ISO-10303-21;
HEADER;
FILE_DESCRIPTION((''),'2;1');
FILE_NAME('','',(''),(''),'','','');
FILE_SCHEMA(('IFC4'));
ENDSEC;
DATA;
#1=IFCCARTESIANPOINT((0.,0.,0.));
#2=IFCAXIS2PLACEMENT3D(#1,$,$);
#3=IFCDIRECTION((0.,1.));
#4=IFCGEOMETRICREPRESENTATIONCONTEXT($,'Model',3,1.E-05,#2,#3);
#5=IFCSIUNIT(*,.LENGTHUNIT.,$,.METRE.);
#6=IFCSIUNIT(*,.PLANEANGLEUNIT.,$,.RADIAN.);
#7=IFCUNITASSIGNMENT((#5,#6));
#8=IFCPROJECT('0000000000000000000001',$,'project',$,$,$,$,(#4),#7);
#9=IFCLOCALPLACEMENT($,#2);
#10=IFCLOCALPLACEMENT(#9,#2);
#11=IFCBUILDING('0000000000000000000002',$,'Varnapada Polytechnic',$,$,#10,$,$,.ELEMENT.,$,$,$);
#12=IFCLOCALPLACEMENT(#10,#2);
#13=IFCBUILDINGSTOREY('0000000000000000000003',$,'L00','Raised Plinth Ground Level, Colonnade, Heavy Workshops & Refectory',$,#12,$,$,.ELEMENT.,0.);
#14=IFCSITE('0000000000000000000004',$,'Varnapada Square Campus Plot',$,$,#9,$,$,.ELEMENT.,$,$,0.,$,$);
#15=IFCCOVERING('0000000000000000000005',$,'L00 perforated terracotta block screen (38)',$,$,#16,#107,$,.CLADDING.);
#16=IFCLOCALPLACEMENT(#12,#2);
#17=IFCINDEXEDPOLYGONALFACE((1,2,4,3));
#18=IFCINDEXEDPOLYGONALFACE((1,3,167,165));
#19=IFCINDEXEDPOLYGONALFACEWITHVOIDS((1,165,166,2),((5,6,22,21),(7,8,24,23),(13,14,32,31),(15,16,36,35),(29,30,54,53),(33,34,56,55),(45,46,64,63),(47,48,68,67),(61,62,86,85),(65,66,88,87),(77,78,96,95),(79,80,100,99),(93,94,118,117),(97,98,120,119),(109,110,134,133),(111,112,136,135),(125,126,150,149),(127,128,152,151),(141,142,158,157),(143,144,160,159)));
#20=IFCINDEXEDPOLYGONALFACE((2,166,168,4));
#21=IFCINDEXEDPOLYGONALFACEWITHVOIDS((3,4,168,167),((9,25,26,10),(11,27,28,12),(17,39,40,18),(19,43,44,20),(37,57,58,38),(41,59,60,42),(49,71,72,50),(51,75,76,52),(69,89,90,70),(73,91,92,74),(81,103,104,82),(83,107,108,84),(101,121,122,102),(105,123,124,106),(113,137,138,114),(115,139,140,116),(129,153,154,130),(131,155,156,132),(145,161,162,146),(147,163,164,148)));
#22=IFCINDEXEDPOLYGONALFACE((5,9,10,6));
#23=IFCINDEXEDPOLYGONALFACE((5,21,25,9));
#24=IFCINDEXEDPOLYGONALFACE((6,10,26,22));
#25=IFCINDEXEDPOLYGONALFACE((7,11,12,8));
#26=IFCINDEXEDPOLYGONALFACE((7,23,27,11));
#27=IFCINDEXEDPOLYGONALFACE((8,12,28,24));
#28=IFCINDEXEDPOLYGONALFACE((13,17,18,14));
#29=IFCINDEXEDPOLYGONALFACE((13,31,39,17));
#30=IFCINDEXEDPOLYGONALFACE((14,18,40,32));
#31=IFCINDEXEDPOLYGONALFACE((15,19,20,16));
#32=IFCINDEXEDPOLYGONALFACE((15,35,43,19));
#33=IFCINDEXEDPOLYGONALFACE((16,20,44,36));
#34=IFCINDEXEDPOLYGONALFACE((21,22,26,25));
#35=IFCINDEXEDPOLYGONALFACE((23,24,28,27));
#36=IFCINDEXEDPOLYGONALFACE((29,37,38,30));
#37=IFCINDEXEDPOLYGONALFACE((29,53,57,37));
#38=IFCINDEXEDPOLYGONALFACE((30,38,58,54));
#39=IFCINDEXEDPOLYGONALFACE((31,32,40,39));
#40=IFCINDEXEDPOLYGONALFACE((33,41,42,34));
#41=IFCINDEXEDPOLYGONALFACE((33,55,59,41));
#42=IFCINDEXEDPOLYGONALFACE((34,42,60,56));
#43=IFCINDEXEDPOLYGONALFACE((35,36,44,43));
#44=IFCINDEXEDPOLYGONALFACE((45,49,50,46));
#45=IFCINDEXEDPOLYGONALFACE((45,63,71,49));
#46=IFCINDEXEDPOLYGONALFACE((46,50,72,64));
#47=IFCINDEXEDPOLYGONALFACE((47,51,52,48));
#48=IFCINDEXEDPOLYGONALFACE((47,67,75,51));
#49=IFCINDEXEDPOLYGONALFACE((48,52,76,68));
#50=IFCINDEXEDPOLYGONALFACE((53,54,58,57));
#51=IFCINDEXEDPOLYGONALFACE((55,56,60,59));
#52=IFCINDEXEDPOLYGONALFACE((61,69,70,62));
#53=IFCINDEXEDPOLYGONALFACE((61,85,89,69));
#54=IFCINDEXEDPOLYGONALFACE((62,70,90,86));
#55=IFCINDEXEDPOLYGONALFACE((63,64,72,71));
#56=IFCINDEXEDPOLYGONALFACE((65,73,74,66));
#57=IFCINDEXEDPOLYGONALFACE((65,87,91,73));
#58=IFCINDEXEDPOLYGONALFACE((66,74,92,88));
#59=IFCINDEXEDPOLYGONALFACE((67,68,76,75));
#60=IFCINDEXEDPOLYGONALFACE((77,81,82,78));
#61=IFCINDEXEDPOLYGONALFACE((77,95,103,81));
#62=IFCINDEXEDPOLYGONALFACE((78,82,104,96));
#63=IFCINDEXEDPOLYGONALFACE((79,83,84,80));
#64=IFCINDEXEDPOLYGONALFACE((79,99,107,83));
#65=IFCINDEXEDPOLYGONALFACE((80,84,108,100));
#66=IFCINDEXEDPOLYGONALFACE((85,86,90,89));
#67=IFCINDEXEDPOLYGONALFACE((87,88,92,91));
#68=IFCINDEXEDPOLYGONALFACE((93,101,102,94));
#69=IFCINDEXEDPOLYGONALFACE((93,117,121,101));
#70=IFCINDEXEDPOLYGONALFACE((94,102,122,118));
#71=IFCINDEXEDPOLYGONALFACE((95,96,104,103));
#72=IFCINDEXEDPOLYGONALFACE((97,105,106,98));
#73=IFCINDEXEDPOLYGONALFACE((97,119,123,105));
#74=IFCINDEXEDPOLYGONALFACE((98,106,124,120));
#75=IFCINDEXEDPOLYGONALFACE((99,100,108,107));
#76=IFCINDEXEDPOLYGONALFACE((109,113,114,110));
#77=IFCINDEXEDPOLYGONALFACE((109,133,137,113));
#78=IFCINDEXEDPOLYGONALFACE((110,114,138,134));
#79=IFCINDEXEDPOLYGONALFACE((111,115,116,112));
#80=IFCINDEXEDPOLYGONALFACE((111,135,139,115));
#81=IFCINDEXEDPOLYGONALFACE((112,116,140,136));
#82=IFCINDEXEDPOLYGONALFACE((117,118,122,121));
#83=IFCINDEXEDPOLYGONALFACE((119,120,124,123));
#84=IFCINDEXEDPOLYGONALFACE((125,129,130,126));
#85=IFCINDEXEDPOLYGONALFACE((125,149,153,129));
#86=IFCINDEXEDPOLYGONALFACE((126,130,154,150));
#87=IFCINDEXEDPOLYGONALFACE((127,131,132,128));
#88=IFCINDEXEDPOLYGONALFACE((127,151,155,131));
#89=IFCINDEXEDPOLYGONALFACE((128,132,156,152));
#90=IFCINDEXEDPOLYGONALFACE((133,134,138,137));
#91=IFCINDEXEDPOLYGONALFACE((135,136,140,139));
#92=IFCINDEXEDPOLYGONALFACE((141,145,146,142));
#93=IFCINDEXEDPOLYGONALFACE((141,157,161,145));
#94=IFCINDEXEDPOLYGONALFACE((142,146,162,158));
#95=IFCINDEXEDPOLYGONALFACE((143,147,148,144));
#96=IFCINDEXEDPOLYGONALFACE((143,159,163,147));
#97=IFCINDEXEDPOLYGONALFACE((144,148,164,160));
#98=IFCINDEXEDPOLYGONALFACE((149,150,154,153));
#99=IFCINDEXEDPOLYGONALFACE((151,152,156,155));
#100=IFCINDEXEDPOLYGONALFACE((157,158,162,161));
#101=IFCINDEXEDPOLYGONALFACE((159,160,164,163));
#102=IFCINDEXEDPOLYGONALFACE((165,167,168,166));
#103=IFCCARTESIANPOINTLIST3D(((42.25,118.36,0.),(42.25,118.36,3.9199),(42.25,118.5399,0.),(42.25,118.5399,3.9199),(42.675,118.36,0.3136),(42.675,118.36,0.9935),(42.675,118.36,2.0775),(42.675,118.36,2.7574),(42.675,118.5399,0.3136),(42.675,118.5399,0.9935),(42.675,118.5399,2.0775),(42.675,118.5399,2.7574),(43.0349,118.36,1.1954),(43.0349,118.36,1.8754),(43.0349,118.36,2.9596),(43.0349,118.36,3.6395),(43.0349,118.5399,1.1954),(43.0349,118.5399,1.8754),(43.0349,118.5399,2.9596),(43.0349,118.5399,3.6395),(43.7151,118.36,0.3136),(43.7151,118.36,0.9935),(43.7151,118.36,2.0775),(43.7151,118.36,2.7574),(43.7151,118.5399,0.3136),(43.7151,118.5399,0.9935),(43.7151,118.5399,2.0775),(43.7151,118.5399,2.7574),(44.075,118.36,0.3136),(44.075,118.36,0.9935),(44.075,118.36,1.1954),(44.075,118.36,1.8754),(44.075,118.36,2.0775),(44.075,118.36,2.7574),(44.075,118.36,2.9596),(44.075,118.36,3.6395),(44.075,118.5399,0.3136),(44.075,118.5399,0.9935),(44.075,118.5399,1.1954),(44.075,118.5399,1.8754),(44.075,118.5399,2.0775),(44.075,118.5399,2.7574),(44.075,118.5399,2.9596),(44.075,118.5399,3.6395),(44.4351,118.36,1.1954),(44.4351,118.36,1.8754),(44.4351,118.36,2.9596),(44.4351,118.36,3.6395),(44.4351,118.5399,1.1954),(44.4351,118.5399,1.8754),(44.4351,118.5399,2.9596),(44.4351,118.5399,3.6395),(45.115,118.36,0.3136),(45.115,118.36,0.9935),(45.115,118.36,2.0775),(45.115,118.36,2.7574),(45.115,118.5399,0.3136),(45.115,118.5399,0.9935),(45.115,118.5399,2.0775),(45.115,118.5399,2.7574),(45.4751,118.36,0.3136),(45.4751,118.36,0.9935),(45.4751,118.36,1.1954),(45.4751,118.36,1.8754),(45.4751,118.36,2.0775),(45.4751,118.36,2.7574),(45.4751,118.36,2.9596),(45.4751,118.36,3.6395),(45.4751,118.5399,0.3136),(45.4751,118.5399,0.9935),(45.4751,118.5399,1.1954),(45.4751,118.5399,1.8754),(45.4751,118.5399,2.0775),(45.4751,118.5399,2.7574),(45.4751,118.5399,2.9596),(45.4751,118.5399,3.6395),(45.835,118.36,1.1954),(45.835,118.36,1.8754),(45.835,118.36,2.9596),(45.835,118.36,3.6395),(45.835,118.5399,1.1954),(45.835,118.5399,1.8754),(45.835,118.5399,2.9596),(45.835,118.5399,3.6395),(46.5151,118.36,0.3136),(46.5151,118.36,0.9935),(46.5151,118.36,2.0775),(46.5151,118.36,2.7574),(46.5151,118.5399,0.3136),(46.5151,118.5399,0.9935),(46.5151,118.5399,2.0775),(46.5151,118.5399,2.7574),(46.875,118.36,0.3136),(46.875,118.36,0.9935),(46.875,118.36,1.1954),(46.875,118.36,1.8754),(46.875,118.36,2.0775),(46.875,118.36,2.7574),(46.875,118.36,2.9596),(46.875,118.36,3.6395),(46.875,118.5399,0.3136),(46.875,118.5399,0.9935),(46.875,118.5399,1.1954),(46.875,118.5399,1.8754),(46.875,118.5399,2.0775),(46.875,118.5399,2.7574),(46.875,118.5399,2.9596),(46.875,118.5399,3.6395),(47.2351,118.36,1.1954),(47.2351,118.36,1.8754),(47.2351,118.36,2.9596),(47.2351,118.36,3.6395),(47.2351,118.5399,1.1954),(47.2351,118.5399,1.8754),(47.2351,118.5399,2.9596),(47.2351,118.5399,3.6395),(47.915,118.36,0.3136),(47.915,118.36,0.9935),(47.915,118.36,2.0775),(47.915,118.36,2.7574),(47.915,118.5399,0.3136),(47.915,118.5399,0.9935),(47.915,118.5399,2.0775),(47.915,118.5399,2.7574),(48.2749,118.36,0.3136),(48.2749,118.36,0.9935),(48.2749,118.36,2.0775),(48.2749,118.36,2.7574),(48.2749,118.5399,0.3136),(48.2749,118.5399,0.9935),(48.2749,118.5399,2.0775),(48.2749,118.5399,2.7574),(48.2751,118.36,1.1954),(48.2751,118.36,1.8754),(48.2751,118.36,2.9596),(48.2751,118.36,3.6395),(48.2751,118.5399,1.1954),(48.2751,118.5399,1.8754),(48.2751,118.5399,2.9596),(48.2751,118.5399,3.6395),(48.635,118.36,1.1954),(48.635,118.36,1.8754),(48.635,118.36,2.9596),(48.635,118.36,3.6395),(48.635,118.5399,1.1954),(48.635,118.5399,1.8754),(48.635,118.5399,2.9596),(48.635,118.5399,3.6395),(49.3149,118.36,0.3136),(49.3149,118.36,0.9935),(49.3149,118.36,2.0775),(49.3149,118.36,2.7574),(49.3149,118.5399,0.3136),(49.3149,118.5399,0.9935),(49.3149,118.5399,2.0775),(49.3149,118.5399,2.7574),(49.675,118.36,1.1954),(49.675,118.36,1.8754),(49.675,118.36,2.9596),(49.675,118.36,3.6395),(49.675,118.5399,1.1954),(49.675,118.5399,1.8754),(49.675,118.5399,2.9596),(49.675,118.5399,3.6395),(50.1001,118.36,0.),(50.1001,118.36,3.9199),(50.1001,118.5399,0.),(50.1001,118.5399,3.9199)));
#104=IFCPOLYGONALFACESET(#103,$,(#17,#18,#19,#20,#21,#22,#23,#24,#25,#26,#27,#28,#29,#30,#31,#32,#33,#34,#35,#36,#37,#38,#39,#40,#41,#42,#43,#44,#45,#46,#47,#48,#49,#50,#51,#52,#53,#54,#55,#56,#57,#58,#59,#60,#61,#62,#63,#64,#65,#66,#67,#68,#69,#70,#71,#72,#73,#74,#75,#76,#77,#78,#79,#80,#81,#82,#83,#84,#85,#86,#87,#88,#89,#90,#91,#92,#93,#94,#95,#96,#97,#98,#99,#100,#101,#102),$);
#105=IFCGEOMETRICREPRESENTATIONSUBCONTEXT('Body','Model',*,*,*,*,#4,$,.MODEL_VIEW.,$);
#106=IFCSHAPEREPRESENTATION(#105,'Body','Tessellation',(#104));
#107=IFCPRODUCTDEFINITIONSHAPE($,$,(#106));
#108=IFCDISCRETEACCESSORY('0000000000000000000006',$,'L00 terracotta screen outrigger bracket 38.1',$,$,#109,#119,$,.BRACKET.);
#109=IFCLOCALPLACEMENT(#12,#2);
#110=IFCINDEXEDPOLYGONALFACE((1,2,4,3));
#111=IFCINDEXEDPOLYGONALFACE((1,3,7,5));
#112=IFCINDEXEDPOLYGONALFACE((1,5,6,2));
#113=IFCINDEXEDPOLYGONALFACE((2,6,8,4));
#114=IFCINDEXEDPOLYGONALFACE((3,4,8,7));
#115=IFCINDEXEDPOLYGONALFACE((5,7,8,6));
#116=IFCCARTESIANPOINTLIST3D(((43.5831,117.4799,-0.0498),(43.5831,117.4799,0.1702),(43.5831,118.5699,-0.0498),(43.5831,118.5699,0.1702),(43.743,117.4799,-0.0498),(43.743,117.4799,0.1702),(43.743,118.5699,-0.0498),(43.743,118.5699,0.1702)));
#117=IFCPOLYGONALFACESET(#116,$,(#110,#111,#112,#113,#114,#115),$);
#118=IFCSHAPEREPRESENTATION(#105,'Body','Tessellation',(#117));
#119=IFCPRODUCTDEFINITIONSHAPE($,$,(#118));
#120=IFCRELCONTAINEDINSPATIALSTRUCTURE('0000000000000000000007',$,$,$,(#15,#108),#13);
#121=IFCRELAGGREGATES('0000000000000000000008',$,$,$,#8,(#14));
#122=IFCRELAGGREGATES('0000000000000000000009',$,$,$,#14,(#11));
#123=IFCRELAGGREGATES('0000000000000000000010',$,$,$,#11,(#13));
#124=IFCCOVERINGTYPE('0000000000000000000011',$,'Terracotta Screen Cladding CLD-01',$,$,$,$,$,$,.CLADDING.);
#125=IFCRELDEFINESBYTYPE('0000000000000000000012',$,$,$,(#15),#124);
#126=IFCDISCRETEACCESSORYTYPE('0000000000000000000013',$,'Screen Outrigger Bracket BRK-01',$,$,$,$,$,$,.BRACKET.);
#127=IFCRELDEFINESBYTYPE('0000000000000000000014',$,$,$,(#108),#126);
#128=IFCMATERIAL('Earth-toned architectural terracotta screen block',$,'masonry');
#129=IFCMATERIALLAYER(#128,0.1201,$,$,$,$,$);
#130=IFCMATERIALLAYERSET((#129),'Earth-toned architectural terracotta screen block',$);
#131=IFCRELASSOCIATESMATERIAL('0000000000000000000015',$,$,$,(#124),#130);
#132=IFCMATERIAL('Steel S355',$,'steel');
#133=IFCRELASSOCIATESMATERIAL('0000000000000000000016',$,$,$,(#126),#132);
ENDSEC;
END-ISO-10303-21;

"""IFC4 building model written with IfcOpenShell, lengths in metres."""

from ifc_helpers import new_model, si_unit, direction, frame, frame_2d, origin, origin_2d, place, context, subcontext, project, spatial, rectangle, extrude, material, layer, layer_set, type_object, element, save


model = new_model("IFC4")

# Units and contexts
model_context = context("Model", 3, precision=1e-05, world=origin(), true_north=direction((0.0, 1.0)))
body_context = subcontext(model_context, "Body", "Model", "MODEL_VIEW")
ifc_project = project(units=[si_unit("LENGTHUNIT", "METRE"), si_unit("PLANEANGLEUNIT", "RADIAN")], contexts=[model_context])

# Site, building, storey
site_placement = place(None, origin())
site = spatial("IfcSite", under=ifc_project, at=site_placement, Name="Varnapada Square Campus Plot", CompositionType="ELEMENT", RefElevation=0.0)
building_placement = place(site_placement, origin())
building = spatial("IfcBuilding", under=site, at=building_placement, Name="Varnapada Polytechnic", CompositionType="ELEMENT")
storey_placement = place(building_placement, origin())
storey = spatial("IfcBuildingStorey", under=building, at=storey_placement, Name="L00", Description="Raised Plinth Ground Level, Colonnade, Heavy Workshops & Refectory", CompositionType="ELEMENT", Elevation=0.0)

# Covering, openings
ifc_material_1 = material(Name="Earth-toned architectural terracotta screen block", Category="masonry")
ifc_layer = layer(ifc_material_1, 0.1201)
ifc_layer_set = layer_set([ifc_layer], Name="Earth-toned architectural terracotta screen block")
covering_type = type_object("IfcCoveringType", Name="Terracotta Screen Cladding CLD-01", PredefinedType="CLADDING", material=ifc_layer_set)
covering_placement = place(storey_placement, frame((42.25, 118.45, 0.0), z_axis=(0.0, 0.0, 1.0), x_axis=(1.0, 0.0, 0.0)))
covering = element("IfcCovering", 1, at=covering_placement, inside=storey, type_object=covering_type, Name="L00 perforated terracotta block screen (38)", PredefinedType="CLADDING", context=body_context, shape_type="SweptSolid", body=[
    extrude(rectangle(XDim=7.8501, YDim=0.1799, at=frame_2d((3.925, 0.0))), origin(), (0.0, 0.0, 1.0), 3.9199),
])
opening_1_placement = place(covering_placement, frame((0.425, 0.0, 0.3137)))
element("IfcOpeningElement", 2, at=opening_1_placement, cuts=covering, PredefinedType="OPENING", context=body_context, shape_type="SweptSolid", body=[
    extrude(rectangle(XDim=1.04, YDim=0.6799, at=frame_2d((0.52, 0.3398))), frame((0.0, 0.0999, 0.0), z_axis=(0.0, -1.0, 0.0), x_axis=(1.0, 0.0, 0.0)), (0.0, 0.0, 1.0), 0.2),
])
opening_2_placement = place(covering_placement, frame((1.825, 0.0, 0.3137)))
element("IfcOpeningElement", 3, at=opening_2_placement, cuts=covering, PredefinedType="OPENING", context=body_context, shape_type="SweptSolid", body=[
    extrude(rectangle(XDim=1.04, YDim=0.6799, at=frame_2d((0.52, 0.3398))), frame((0.0, 0.0999, 0.0), z_axis=(0.0, -1.0, 0.0), x_axis=(1.0, 0.0, 0.0)), (0.0, 0.0, 1.0), 0.2),
])
opening_3_placement = place(covering_placement, frame((3.2251, 0.0, 0.3137)))
element("IfcOpeningElement", 4, at=opening_3_placement, cuts=covering, PredefinedType="OPENING", context=body_context, shape_type="SweptSolid", body=[
    extrude(rectangle(XDim=1.04, YDim=0.6799, at=frame_2d((0.52, 0.3398))), frame((0.0, 0.0999, 0.0), z_axis=(0.0, -1.0, 0.0), x_axis=(1.0, 0.0, 0.0)), (0.0, 0.0, 1.0), 0.2),
])
opening_4_placement = place(covering_placement, frame((4.625, 0.0, 0.3137)))
element("IfcOpeningElement", 5, at=opening_4_placement, cuts=covering, PredefinedType="OPENING", context=body_context, shape_type="SweptSolid", body=[
    extrude(rectangle(XDim=1.04, YDim=0.6799, at=frame_2d((0.52, 0.3398))), frame((0.0, 0.0999, 0.0), z_axis=(0.0, -1.0, 0.0), x_axis=(1.0, 0.0, 0.0)), (0.0, 0.0, 1.0), 0.2),
])
opening_5_placement = place(covering_placement, frame((6.0249, 0.0, 0.3137)))
element("IfcOpeningElement", 6, at=opening_5_placement, cuts=covering, PredefinedType="OPENING", context=body_context, shape_type="SweptSolid", body=[
    extrude(rectangle(XDim=1.04, YDim=0.6799, at=frame_2d((0.52, 0.3398))), frame((0.0, 0.0999, 0.0), z_axis=(0.0, -1.0, 0.0), x_axis=(1.0, 0.0, 0.0)), (0.0, 0.0, 1.0), 0.2),
])
opening_6_placement = place(covering_placement, frame((0.7849, 0.0, 1.1956)))
element("IfcOpeningElement", 7, at=opening_6_placement, cuts=covering, PredefinedType="OPENING", context=body_context, shape_type="SweptSolid", body=[
    extrude(rectangle(XDim=1.04, YDim=0.6799, at=frame_2d((0.52, 0.3398))), frame((0.0, 0.0999, 0.0), z_axis=(0.0, -1.0, 0.0), x_axis=(1.0, 0.0, 0.0)), (0.0, 0.0, 1.0), 0.2),
])
opening_7_placement = place(covering_placement, frame((2.1851, 0.0, 1.1956)))
element("IfcOpeningElement", 8, at=opening_7_placement, cuts=covering, PredefinedType="OPENING", context=body_context, shape_type="SweptSolid", body=[
    extrude(rectangle(XDim=1.04, YDim=0.6799, at=frame_2d((0.52, 0.3398))), frame((0.0, 0.0999, 0.0), z_axis=(0.0, -1.0, 0.0), x_axis=(1.0, 0.0, 0.0)), (0.0, 0.0, 1.0), 0.2),
])
opening_8_placement = place(covering_placement, frame((3.585, 0.0, 1.1956)))
element("IfcOpeningElement", 9, at=opening_8_placement, cuts=covering, PredefinedType="OPENING", context=body_context, shape_type="SweptSolid", body=[
    extrude(rectangle(XDim=1.04, YDim=0.6799, at=frame_2d((0.52, 0.3398))), frame((0.0, 0.0999, 0.0), z_axis=(0.0, -1.0, 0.0), x_axis=(1.0, 0.0, 0.0)), (0.0, 0.0, 1.0), 0.2),
])
opening_9_placement = place(covering_placement, frame((4.9851, 0.0, 1.1956)))
element("IfcOpeningElement", 10, at=opening_9_placement, cuts=covering, PredefinedType="OPENING", context=body_context, shape_type="SweptSolid", body=[
    extrude(rectangle(XDim=1.04, YDim=0.6799, at=frame_2d((0.52, 0.3398))), frame((0.0, 0.0999, 0.0), z_axis=(0.0, -1.0, 0.0), x_axis=(1.0, 0.0, 0.0)), (0.0, 0.0, 1.0), 0.2),
])
opening_10_placement = place(covering_placement, frame((6.385, 0.0, 1.1956)))
element("IfcOpeningElement", 11, at=opening_10_placement, cuts=covering, PredefinedType="OPENING", context=body_context, shape_type="SweptSolid", body=[
    extrude(rectangle(XDim=1.04, YDim=0.6799, at=frame_2d((0.52, 0.3398))), frame((0.0, 0.0999, 0.0), z_axis=(0.0, -1.0, 0.0), x_axis=(1.0, 0.0, 0.0)), (0.0, 0.0, 1.0), 0.2),
])
opening_11_placement = place(covering_placement, frame((0.425, 0.0, 2.0776)))
element("IfcOpeningElement", 12, at=opening_11_placement, cuts=covering, PredefinedType="OPENING", context=body_context, shape_type="SweptSolid", body=[
    extrude(rectangle(XDim=1.04, YDim=0.6799, at=frame_2d((0.52, 0.3398))), frame((0.0, 0.0999, 0.0), z_axis=(0.0, -1.0, 0.0), x_axis=(1.0, 0.0, 0.0)), (0.0, 0.0, 1.0), 0.2),
])
opening_12_placement = place(covering_placement, frame((1.825, 0.0, 2.0776)))
element("IfcOpeningElement", 13, at=opening_12_placement, cuts=covering, PredefinedType="OPENING", context=body_context, shape_type="SweptSolid", body=[
    extrude(rectangle(XDim=1.04, YDim=0.6799, at=frame_2d((0.52, 0.3398))), frame((0.0, 0.0999, 0.0), z_axis=(0.0, -1.0, 0.0), x_axis=(1.0, 0.0, 0.0)), (0.0, 0.0, 1.0), 0.2),
])
opening_13_placement = place(covering_placement, frame((3.2251, 0.0, 2.0776)))
element("IfcOpeningElement", 14, at=opening_13_placement, cuts=covering, PredefinedType="OPENING", context=body_context, shape_type="SweptSolid", body=[
    extrude(rectangle(XDim=1.04, YDim=0.6799, at=frame_2d((0.52, 0.3398))), frame((0.0, 0.0999, 0.0), z_axis=(0.0, -1.0, 0.0), x_axis=(1.0, 0.0, 0.0)), (0.0, 0.0, 1.0), 0.2),
])
opening_14_placement = place(covering_placement, frame((4.625, 0.0, 2.0776)))
element("IfcOpeningElement", 15, at=opening_14_placement, cuts=covering, PredefinedType="OPENING", context=body_context, shape_type="SweptSolid", body=[
    extrude(rectangle(XDim=1.04, YDim=0.6799, at=frame_2d((0.52, 0.3398))), frame((0.0, 0.0999, 0.0), z_axis=(0.0, -1.0, 0.0), x_axis=(1.0, 0.0, 0.0)), (0.0, 0.0, 1.0), 0.2),
])
opening_15_placement = place(covering_placement, frame((6.0249, 0.0, 2.0776)))
element("IfcOpeningElement", 16, at=opening_15_placement, cuts=covering, PredefinedType="OPENING", context=body_context, shape_type="SweptSolid", body=[
    extrude(rectangle(XDim=1.04, YDim=0.6799, at=frame_2d((0.52, 0.3398))), frame((0.0, 0.0999, 0.0), z_axis=(0.0, -1.0, 0.0), x_axis=(1.0, 0.0, 0.0)), (0.0, 0.0, 1.0), 0.2),
])
opening_16_placement = place(covering_placement, frame((0.7849, 0.0, 2.9597)))
element("IfcOpeningElement", 17, at=opening_16_placement, cuts=covering, PredefinedType="OPENING", context=body_context, shape_type="SweptSolid", body=[
    extrude(rectangle(XDim=1.04, YDim=0.6799, at=frame_2d((0.52, 0.3398))), frame((0.0, 0.0999, 0.0), z_axis=(0.0, -1.0, 0.0), x_axis=(1.0, 0.0, 0.0)), (0.0, 0.0, 1.0), 0.2),
])
opening_17_placement = place(covering_placement, frame((2.1851, 0.0, 2.9597)))
element("IfcOpeningElement", 18, at=opening_17_placement, cuts=covering, PredefinedType="OPENING", context=body_context, shape_type="SweptSolid", body=[
    extrude(rectangle(XDim=1.04, YDim=0.6799, at=frame_2d((0.52, 0.3398))), frame((0.0, 0.0999, 0.0), z_axis=(0.0, -1.0, 0.0), x_axis=(1.0, 0.0, 0.0)), (0.0, 0.0, 1.0), 0.2),
])
opening_18_placement = place(covering_placement, frame((3.585, 0.0, 2.9597)))
element("IfcOpeningElement", 19, at=opening_18_placement, cuts=covering, PredefinedType="OPENING", context=body_context, shape_type="SweptSolid", body=[
    extrude(rectangle(XDim=1.04, YDim=0.6799, at=frame_2d((0.52, 0.3398))), frame((0.0, 0.0999, 0.0), z_axis=(0.0, -1.0, 0.0), x_axis=(1.0, 0.0, 0.0)), (0.0, 0.0, 1.0), 0.2),
])
opening_19_placement = place(covering_placement, frame((4.9851, 0.0, 2.9597)))
element("IfcOpeningElement", 20, at=opening_19_placement, cuts=covering, PredefinedType="OPENING", context=body_context, shape_type="SweptSolid", body=[
    extrude(rectangle(XDim=1.04, YDim=0.6799, at=frame_2d((0.52, 0.3398))), frame((0.0, 0.0999, 0.0), z_axis=(0.0, -1.0, 0.0), x_axis=(1.0, 0.0, 0.0)), (0.0, 0.0, 1.0), 0.2),
])
opening_20_placement = place(covering_placement, frame((6.385, 0.0, 2.9597)))
element("IfcOpeningElement", 21, at=opening_20_placement, cuts=covering, PredefinedType="OPENING", context=body_context, shape_type="SweptSolid", body=[
    extrude(rectangle(XDim=1.04, YDim=0.6799, at=frame_2d((0.52, 0.3398))), frame((0.0, 0.0999, 0.0), z_axis=(0.0, -1.0, 0.0), x_axis=(1.0, 0.0, 0.0)), (0.0, 0.0, 1.0), 0.2),
])

# Discrete accessory
ifc_material_2 = material(Name="Steel S355", Category="steel")
discrete_accessory_type = type_object("IfcDiscreteAccessoryType", Name="Screen Outrigger Bracket BRK-01", PredefinedType="BRACKET", material=ifc_material_2)
for number, where, z_axis, x_axis, name in (
    (22, (43.6631, 118.0249, -0.0498), (0.0, 0.0, 1.0), (1.0, 0.0, 0.0), "L00 terracotta screen outrigger bracket 38.1"),
):
    element("IfcDiscreteAccessory", number, at=place(storey_placement, frame(where, z_axis=z_axis, x_axis=x_axis)), inside=storey, type_object=discrete_accessory_type, Name=name, PredefinedType="BRACKET", context=body_context, shape_type="SweptSolid", body=[
        extrude(rectangle(XDim=0.1599, YDim=1.0901, at=origin_2d()), origin(), (0.0, 0.0, 1.0), 0.22),
    ])

save(model, "model.ifc")
